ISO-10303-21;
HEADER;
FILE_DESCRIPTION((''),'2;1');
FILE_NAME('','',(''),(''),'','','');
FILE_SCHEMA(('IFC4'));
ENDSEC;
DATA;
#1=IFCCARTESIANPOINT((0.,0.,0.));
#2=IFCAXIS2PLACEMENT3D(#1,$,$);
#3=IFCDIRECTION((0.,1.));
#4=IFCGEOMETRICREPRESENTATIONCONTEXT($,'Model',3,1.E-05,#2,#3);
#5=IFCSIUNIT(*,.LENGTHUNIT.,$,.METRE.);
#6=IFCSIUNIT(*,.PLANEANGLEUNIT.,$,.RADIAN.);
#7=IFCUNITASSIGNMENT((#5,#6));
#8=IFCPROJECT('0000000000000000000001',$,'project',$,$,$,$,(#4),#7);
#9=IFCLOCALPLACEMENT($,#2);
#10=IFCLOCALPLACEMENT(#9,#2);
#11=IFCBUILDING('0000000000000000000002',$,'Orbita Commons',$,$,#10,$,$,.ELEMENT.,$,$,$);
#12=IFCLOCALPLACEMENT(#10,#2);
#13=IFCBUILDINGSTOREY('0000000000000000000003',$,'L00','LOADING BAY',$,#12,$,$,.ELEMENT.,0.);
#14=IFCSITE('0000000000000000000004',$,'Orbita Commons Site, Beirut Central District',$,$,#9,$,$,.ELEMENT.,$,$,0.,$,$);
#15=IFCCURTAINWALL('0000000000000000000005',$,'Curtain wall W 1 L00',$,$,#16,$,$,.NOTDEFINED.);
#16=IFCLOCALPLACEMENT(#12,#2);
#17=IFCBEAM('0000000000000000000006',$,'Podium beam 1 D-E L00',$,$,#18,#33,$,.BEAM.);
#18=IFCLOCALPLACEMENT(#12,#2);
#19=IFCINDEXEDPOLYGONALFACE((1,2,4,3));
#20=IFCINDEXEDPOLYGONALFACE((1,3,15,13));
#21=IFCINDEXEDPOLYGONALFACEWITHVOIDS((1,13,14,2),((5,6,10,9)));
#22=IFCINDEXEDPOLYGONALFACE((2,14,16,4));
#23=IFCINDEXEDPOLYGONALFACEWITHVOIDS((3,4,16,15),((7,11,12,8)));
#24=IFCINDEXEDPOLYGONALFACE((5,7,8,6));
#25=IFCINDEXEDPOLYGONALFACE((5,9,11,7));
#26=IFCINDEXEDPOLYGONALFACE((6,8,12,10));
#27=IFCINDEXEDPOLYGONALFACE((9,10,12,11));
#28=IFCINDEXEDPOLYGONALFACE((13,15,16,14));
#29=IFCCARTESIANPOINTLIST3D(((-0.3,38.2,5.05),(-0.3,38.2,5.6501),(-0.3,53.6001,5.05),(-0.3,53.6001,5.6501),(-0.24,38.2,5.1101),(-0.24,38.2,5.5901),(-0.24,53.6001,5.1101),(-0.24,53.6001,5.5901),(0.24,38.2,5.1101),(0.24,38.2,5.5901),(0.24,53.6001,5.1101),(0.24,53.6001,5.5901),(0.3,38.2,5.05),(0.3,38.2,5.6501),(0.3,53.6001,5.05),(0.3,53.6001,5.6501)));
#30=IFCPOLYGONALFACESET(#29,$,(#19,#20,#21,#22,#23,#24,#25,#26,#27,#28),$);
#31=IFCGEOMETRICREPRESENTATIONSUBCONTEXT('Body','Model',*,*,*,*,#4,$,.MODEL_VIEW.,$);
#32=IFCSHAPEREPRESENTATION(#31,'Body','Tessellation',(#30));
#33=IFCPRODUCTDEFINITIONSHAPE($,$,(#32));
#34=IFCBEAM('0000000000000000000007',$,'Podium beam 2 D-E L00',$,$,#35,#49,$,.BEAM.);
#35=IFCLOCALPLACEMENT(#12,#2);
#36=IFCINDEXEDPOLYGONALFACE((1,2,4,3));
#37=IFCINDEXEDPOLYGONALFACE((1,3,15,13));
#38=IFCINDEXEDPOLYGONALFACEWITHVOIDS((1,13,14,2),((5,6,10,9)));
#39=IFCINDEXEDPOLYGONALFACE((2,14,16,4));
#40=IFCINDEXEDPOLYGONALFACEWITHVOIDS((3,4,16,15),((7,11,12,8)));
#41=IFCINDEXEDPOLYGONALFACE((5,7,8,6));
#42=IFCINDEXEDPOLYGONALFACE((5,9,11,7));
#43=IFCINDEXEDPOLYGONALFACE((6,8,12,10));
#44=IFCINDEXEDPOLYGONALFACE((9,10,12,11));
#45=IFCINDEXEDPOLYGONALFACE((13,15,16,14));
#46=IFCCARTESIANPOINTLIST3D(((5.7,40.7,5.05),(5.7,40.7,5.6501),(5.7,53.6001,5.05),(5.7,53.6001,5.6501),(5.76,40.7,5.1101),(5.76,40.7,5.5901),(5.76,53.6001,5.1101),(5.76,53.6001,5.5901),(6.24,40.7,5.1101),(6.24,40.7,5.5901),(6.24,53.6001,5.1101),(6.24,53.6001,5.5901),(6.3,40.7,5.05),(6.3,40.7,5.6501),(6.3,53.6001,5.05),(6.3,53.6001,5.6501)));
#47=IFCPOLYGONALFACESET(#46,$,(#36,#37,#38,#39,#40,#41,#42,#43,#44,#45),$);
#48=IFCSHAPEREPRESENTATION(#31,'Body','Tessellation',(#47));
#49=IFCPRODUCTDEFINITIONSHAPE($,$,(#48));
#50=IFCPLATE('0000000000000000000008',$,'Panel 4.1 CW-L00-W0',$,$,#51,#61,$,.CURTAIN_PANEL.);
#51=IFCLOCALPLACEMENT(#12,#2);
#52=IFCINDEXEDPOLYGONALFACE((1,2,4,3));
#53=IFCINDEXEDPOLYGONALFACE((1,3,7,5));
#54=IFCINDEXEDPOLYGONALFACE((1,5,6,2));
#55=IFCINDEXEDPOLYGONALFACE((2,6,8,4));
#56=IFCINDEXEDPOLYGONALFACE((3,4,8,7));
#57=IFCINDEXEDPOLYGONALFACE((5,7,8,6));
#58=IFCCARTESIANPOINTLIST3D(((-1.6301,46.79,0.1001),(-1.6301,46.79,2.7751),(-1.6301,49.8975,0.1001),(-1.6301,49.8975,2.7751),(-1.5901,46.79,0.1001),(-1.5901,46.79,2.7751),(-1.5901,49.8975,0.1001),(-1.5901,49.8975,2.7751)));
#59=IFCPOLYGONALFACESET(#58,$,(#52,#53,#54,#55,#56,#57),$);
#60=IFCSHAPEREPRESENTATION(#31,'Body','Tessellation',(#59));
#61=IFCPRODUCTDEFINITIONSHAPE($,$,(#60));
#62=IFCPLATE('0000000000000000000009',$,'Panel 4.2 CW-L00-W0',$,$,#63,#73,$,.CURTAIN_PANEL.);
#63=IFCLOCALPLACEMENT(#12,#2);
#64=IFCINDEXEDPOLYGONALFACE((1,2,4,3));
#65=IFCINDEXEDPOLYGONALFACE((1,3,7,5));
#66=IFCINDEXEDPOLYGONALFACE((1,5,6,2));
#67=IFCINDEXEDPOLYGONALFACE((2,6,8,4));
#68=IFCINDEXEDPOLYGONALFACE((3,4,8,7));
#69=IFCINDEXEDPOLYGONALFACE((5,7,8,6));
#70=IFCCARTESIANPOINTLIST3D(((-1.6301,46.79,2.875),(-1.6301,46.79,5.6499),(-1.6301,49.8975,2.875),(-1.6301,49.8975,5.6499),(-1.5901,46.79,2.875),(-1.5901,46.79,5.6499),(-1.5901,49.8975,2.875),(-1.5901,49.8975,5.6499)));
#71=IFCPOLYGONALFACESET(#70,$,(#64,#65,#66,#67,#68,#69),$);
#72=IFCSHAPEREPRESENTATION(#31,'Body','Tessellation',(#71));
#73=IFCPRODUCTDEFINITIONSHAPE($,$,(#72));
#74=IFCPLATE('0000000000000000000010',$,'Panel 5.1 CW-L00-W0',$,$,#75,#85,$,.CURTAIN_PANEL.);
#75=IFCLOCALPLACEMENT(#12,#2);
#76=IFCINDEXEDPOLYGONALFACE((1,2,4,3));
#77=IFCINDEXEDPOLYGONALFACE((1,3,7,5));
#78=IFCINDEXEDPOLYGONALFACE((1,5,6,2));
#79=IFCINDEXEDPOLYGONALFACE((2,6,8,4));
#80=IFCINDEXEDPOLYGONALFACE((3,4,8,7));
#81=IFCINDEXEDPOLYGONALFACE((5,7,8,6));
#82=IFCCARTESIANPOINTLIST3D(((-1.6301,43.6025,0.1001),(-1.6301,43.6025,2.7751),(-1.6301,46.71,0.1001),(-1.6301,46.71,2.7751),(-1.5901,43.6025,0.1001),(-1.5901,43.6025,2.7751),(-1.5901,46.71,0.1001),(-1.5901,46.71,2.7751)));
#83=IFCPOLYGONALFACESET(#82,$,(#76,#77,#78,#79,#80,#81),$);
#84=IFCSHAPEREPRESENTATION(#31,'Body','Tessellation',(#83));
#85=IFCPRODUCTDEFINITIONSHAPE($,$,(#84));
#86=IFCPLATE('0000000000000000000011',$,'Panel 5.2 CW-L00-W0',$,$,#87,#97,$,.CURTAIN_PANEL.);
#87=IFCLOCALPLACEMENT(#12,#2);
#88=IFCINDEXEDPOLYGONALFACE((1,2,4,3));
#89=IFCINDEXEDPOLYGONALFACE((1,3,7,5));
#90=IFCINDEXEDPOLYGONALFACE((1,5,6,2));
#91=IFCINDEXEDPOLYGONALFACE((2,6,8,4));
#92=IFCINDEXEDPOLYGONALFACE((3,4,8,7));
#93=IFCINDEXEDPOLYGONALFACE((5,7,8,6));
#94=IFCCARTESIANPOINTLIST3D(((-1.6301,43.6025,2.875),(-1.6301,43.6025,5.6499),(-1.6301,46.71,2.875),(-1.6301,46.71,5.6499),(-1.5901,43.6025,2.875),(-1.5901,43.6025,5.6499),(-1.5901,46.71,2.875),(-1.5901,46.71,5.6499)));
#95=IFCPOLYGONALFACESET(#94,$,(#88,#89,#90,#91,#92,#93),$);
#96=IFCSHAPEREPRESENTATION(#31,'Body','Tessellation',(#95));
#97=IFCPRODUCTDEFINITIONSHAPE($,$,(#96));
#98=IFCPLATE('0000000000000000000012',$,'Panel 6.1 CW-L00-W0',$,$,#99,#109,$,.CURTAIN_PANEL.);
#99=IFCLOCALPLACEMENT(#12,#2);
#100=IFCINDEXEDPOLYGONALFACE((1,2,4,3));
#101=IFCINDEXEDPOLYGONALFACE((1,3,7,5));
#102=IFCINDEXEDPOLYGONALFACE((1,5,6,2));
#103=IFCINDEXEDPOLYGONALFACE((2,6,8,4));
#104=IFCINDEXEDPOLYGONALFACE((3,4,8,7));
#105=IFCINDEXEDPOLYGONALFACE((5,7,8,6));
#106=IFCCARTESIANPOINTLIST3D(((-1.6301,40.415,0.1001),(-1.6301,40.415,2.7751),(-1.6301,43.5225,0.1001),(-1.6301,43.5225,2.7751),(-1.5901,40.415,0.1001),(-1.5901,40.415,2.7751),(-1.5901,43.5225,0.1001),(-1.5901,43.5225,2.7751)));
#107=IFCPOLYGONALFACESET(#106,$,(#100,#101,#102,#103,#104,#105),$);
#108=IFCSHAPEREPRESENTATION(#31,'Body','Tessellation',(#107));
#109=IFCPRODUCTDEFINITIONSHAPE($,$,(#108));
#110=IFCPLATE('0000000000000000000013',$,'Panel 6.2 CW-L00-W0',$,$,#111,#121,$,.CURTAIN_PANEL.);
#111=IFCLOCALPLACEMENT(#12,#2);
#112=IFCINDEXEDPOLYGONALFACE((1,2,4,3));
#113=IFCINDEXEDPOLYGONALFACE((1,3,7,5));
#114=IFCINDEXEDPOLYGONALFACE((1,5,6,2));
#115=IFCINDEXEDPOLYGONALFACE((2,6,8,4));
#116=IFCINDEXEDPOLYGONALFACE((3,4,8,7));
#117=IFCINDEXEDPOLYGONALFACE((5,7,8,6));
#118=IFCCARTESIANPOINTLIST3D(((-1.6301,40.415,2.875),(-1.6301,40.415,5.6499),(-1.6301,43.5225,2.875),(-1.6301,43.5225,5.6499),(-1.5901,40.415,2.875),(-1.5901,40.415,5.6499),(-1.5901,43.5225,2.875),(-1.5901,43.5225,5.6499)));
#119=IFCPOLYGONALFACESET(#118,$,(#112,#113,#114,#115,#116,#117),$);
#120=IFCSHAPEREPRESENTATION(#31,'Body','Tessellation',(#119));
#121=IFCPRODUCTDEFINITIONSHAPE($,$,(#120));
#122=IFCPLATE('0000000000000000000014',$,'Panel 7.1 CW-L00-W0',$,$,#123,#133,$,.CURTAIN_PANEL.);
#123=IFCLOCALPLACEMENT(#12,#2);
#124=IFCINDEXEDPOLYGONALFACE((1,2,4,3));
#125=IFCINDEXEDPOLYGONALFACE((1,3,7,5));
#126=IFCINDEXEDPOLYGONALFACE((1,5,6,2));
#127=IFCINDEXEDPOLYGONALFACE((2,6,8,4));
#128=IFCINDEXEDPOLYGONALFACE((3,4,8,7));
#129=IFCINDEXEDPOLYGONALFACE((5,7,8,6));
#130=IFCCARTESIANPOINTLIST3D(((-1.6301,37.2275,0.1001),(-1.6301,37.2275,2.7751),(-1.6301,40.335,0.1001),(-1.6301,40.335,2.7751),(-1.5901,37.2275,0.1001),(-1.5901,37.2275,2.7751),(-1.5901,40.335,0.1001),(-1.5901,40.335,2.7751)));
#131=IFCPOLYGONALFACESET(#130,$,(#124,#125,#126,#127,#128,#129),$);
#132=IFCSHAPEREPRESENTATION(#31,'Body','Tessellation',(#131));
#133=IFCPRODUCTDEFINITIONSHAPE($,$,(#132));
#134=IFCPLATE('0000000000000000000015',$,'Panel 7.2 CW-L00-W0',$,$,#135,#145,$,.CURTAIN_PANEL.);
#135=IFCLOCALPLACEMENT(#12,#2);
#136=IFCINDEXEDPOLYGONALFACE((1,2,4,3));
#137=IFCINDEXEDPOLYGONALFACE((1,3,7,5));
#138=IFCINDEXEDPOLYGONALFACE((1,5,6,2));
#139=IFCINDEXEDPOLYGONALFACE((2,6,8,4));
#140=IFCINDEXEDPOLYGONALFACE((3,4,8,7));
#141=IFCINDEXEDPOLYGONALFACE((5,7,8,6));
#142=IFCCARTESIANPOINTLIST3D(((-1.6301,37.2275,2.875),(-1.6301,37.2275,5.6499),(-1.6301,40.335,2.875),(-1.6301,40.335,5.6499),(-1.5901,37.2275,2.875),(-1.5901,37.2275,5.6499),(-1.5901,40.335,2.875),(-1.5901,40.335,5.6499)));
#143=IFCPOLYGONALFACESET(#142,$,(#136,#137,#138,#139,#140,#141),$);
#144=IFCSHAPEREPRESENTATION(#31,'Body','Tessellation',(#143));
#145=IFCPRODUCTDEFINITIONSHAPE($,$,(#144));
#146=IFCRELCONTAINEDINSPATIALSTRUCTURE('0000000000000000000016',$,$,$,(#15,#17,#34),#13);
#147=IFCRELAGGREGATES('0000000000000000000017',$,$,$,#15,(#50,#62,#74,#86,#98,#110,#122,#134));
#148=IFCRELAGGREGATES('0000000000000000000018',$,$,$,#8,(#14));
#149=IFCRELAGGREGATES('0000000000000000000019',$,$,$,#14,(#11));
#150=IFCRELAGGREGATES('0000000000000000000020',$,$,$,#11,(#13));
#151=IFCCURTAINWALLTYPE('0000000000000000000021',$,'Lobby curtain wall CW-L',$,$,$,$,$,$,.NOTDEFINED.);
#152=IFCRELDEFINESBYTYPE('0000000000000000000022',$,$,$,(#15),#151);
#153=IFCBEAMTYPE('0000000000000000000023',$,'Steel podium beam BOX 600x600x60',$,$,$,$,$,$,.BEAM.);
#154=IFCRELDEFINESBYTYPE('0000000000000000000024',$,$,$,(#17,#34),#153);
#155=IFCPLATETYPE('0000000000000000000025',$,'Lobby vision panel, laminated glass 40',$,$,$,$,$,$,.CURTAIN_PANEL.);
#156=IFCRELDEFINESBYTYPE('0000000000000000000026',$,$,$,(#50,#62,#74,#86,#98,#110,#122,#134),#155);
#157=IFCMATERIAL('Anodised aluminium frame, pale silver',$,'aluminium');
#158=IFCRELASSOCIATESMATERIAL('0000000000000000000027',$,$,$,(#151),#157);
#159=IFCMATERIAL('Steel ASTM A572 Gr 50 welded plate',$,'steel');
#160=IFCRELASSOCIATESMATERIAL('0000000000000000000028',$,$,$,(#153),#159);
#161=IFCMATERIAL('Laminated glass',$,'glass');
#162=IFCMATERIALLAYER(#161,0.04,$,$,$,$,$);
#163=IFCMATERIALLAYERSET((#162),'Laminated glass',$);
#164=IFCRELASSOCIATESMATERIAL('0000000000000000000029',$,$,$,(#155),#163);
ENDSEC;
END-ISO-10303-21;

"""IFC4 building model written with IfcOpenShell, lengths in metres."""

from ifc_helpers import new_model, si_unit, direction, frame, origin, origin_2d, place, context, subcontext, project, spatial, rectangle, hollow_rectangle, extrude, material, layer, layer_set, material_profile, profile_set, type_object, element, aggregate, save


model = new_model("IFC4")

# Units and contexts
model_context = context("Model", 3, precision=1e-05, world=origin(), true_north=direction((0.0, 1.0)))
body_context = subcontext(model_context, "Body", "Model", "MODEL_VIEW")
ifc_project = project(units=[si_unit("LENGTHUNIT", "METRE"), si_unit("PLANEANGLEUNIT", "RADIAN")], contexts=[model_context])

# Site, building, storey
site_placement = place(None, origin())
site = spatial("IfcSite", under=ifc_project, at=site_placement, Name="Orbita Commons Site, Beirut Central District", CompositionType="ELEMENT", RefElevation=0.0)
building_placement = place(site_placement, origin())
building = spatial("IfcBuilding", under=site, at=building_placement, Name="Orbita Commons", CompositionType="ELEMENT")
storey_placement = place(building_placement, origin())
storey = spatial("IfcBuildingStorey", under=building, at=storey_placement, Name="L00", Description="LOADING BAY", CompositionType="ELEMENT", Elevation=0.0)

# Curtain wall
ifc_material_1 = material(Name="Anodised aluminium frame, pale silver", Category="aluminium")
curtain_wall_type = type_object("IfcCurtainWallType", Name="Lobby curtain wall CW-L", PredefinedType="NOTDEFINED", material=ifc_material_1)
curtain_wall_placement = place(storey_placement, origin())
curtain_wall = element("IfcCurtainWall", 1, at=curtain_wall_placement, inside=storey, type_object=curtain_wall_type, Name="Curtain wall W 1 L00", PredefinedType="NOTDEFINED")

# Beams
ifc_material_2 = material(Name="Steel ASTM A572 Gr 50 welded plate", Category="steel")
ifc_material_profile_1 = material_profile(ifc_material_2, hollow_rectangle(XDim=0.6001, YDim=0.6001, WallThickness=0.0601, at=origin_2d()), Name="BOX 600x600x60")
ifc_profile_set_1 = profile_set([ifc_material_profile_1], Name="Steel ASTM A572 Gr 50 welded plate")
beam_type = type_object("IfcBeamType", Name="Steel podium beam BOX 600x600x60", PredefinedType="BEAM", material=ifc_profile_set_1)
beam_1_placement = place(storey_placement, frame((0.0, 38.2, 5.3501), z_axis=(0.0, 1.0, 0.0), x_axis=(-1.0, 0.0, 0.0)))
element("IfcBeam", 2, at=beam_1_placement, inside=storey, type_object=beam_type, Name="Podium beam 1 D-E L00", PredefinedType="BEAM", context=body_context, shape_type="SweptSolid", body=[
    extrude(hollow_rectangle(XDim=0.6001, YDim=0.6001, WallThickness=0.0601, at=origin_2d()), origin(), (0.0, 0.0, 1.0), 15.4001),
])
beam_2_placement = place(storey_placement, frame((6.0, 40.7, 5.3501), z_axis=(0.0, 1.0, 0.0), x_axis=(-1.0, 0.0, 0.0)))
element("IfcBeam", 3, at=beam_2_placement, inside=storey, type_object=beam_type, Name="Podium beam 2 D-E L00", PredefinedType="BEAM", context=body_context, shape_type="SweptSolid", body=[
    extrude(hollow_rectangle(XDim=0.6001, YDim=0.6001, WallThickness=0.0601, at=origin_2d()), origin(), (0.0, 0.0, 1.0), 12.9001),
])

# Plates
ifc_material_3 = material(Name="Laminated glass", Category="glass")
ifc_layer = layer(ifc_material_3, 0.04)
ifc_layer_set = layer_set([ifc_layer], Name="Laminated glass")
plate_type = type_object("IfcPlateType", Name="Lobby vision panel, laminated glass 40", PredefinedType="CURTAIN_PANEL", material=ifc_layer_set)
plate_1_placement = place(storey_placement, frame((-1.6101, 48.3438, 0.1001), z_axis=(0.0, 0.0, 1.0), x_axis=(0.0, -1.0, 0.0)))
plate_1 = element("IfcPlate", 4, at=plate_1_placement, type_object=plate_type, Name="Panel 4.1 CW-L00-W0", PredefinedType="CURTAIN_PANEL", context=body_context, shape_type="SweptSolid", body=[
    extrude(rectangle(XDim=3.1074, YDim=0.04, at=origin_2d()), origin(), (0.0, 0.0, 1.0), 2.675),
])
plate_2_placement = place(storey_placement, frame((-1.6101, 48.3438, 2.875), z_axis=(0.0, 0.0, 1.0), x_axis=(0.0, -1.0, 0.0)))
plate_2 = element("IfcPlate", 5, at=plate_2_placement, type_object=plate_type, Name="Panel 4.2 CW-L00-W0", PredefinedType="CURTAIN_PANEL", context=body_context, shape_type="SweptSolid", body=[
    extrude(rectangle(XDim=3.1074, YDim=0.04, at=origin_2d()), origin(), (0.0, 0.0, 1.0), 2.7749),
])
plate_3_placement = place(storey_placement, frame((-1.6101, 45.1562, 0.1001), z_axis=(0.0, 0.0, 1.0), x_axis=(0.0, -1.0, 0.0)))
plate_3 = element("IfcPlate", 6, at=plate_3_placement, type_object=plate_type, Name="Panel 5.1 CW-L00-W0", PredefinedType="CURTAIN_PANEL", context=body_context, shape_type="SweptSolid", body=[
    extrude(rectangle(XDim=3.1074, YDim=0.04, at=origin_2d()), origin(), (0.0, 0.0, 1.0), 2.675),
])
plate_4_placement = place(storey_placement, frame((-1.6101, 45.1562, 2.875), z_axis=(0.0, 0.0, 1.0), x_axis=(0.0, -1.0, 0.0)))
plate_4 = element("IfcPlate", 7, at=plate_4_placement, type_object=plate_type, Name="Panel 5.2 CW-L00-W0", PredefinedType="CURTAIN_PANEL", context=body_context, shape_type="SweptSolid", body=[
    extrude(rectangle(XDim=3.1074, YDim=0.04, at=origin_2d()), origin(), (0.0, 0.0, 1.0), 2.7749),
])
plate_5_placement = place(storey_placement, frame((-1.6101, 41.9688, 0.1001), z_axis=(0.0, 0.0, 1.0), x_axis=(0.0, -1.0, 0.0)))
plate_5 = element("IfcPlate", 8, at=plate_5_placement, type_object=plate_type, Name="Panel 6.1 CW-L00-W0", PredefinedType="CURTAIN_PANEL", context=body_context, shape_type="SweptSolid", body=[
    extrude(rectangle(XDim=3.1074, YDim=0.04, at=origin_2d()), origin(), (0.0, 0.0, 1.0), 2.675),
])
plate_6_placement = place(storey_placement, frame((-1.6101, 41.9688, 2.875), z_axis=(0.0, 0.0, 1.0), x_axis=(0.0, -1.0, 0.0)))
plate_6 = element("IfcPlate", 9, at=plate_6_placement, type_object=plate_type, Name="Panel 6.2 CW-L00-W0", PredefinedType="CURTAIN_PANEL", context=body_context, shape_type="SweptSolid", body=[
    extrude(rectangle(XDim=3.1074, YDim=0.04, at=origin_2d()), origin(), (0.0, 0.0, 1.0), 2.7749),
])
plate_7_placement = place(storey_placement, frame((-1.6101, 38.7812, 0.1001), z_axis=(0.0, 0.0, 1.0), x_axis=(0.0, -1.0, 0.0)))
plate_7 = element("IfcPlate", 10, at=plate_7_placement, type_object=plate_type, Name="Panel 7.1 CW-L00-W0", PredefinedType="CURTAIN_PANEL", context=body_context, shape_type="SweptSolid", body=[
    extrude(rectangle(XDim=3.1074, YDim=0.04, at=origin_2d()), origin(), (0.0, 0.0, 1.0), 2.675),
])
plate_8_placement = place(storey_placement, frame((-1.6101, 38.7812, 2.875), z_axis=(0.0, 0.0, 1.0), x_axis=(0.0, -1.0, 0.0)))
plate_8 = element("IfcPlate", 11, at=plate_8_placement, type_object=plate_type, Name="Panel 7.2 CW-L00-W0", PredefinedType="CURTAIN_PANEL", context=body_context, shape_type="SweptSolid", body=[
    extrude(rectangle(XDim=3.1074, YDim=0.04, at=origin_2d()), origin(), (0.0, 0.0, 1.0), 2.7749),
])
aggregate(curtain_wall, [plate_1, plate_2, plate_3, plate_4, plate_5, plate_6, plate_7, plate_8])

save(model, "model.ifc")
